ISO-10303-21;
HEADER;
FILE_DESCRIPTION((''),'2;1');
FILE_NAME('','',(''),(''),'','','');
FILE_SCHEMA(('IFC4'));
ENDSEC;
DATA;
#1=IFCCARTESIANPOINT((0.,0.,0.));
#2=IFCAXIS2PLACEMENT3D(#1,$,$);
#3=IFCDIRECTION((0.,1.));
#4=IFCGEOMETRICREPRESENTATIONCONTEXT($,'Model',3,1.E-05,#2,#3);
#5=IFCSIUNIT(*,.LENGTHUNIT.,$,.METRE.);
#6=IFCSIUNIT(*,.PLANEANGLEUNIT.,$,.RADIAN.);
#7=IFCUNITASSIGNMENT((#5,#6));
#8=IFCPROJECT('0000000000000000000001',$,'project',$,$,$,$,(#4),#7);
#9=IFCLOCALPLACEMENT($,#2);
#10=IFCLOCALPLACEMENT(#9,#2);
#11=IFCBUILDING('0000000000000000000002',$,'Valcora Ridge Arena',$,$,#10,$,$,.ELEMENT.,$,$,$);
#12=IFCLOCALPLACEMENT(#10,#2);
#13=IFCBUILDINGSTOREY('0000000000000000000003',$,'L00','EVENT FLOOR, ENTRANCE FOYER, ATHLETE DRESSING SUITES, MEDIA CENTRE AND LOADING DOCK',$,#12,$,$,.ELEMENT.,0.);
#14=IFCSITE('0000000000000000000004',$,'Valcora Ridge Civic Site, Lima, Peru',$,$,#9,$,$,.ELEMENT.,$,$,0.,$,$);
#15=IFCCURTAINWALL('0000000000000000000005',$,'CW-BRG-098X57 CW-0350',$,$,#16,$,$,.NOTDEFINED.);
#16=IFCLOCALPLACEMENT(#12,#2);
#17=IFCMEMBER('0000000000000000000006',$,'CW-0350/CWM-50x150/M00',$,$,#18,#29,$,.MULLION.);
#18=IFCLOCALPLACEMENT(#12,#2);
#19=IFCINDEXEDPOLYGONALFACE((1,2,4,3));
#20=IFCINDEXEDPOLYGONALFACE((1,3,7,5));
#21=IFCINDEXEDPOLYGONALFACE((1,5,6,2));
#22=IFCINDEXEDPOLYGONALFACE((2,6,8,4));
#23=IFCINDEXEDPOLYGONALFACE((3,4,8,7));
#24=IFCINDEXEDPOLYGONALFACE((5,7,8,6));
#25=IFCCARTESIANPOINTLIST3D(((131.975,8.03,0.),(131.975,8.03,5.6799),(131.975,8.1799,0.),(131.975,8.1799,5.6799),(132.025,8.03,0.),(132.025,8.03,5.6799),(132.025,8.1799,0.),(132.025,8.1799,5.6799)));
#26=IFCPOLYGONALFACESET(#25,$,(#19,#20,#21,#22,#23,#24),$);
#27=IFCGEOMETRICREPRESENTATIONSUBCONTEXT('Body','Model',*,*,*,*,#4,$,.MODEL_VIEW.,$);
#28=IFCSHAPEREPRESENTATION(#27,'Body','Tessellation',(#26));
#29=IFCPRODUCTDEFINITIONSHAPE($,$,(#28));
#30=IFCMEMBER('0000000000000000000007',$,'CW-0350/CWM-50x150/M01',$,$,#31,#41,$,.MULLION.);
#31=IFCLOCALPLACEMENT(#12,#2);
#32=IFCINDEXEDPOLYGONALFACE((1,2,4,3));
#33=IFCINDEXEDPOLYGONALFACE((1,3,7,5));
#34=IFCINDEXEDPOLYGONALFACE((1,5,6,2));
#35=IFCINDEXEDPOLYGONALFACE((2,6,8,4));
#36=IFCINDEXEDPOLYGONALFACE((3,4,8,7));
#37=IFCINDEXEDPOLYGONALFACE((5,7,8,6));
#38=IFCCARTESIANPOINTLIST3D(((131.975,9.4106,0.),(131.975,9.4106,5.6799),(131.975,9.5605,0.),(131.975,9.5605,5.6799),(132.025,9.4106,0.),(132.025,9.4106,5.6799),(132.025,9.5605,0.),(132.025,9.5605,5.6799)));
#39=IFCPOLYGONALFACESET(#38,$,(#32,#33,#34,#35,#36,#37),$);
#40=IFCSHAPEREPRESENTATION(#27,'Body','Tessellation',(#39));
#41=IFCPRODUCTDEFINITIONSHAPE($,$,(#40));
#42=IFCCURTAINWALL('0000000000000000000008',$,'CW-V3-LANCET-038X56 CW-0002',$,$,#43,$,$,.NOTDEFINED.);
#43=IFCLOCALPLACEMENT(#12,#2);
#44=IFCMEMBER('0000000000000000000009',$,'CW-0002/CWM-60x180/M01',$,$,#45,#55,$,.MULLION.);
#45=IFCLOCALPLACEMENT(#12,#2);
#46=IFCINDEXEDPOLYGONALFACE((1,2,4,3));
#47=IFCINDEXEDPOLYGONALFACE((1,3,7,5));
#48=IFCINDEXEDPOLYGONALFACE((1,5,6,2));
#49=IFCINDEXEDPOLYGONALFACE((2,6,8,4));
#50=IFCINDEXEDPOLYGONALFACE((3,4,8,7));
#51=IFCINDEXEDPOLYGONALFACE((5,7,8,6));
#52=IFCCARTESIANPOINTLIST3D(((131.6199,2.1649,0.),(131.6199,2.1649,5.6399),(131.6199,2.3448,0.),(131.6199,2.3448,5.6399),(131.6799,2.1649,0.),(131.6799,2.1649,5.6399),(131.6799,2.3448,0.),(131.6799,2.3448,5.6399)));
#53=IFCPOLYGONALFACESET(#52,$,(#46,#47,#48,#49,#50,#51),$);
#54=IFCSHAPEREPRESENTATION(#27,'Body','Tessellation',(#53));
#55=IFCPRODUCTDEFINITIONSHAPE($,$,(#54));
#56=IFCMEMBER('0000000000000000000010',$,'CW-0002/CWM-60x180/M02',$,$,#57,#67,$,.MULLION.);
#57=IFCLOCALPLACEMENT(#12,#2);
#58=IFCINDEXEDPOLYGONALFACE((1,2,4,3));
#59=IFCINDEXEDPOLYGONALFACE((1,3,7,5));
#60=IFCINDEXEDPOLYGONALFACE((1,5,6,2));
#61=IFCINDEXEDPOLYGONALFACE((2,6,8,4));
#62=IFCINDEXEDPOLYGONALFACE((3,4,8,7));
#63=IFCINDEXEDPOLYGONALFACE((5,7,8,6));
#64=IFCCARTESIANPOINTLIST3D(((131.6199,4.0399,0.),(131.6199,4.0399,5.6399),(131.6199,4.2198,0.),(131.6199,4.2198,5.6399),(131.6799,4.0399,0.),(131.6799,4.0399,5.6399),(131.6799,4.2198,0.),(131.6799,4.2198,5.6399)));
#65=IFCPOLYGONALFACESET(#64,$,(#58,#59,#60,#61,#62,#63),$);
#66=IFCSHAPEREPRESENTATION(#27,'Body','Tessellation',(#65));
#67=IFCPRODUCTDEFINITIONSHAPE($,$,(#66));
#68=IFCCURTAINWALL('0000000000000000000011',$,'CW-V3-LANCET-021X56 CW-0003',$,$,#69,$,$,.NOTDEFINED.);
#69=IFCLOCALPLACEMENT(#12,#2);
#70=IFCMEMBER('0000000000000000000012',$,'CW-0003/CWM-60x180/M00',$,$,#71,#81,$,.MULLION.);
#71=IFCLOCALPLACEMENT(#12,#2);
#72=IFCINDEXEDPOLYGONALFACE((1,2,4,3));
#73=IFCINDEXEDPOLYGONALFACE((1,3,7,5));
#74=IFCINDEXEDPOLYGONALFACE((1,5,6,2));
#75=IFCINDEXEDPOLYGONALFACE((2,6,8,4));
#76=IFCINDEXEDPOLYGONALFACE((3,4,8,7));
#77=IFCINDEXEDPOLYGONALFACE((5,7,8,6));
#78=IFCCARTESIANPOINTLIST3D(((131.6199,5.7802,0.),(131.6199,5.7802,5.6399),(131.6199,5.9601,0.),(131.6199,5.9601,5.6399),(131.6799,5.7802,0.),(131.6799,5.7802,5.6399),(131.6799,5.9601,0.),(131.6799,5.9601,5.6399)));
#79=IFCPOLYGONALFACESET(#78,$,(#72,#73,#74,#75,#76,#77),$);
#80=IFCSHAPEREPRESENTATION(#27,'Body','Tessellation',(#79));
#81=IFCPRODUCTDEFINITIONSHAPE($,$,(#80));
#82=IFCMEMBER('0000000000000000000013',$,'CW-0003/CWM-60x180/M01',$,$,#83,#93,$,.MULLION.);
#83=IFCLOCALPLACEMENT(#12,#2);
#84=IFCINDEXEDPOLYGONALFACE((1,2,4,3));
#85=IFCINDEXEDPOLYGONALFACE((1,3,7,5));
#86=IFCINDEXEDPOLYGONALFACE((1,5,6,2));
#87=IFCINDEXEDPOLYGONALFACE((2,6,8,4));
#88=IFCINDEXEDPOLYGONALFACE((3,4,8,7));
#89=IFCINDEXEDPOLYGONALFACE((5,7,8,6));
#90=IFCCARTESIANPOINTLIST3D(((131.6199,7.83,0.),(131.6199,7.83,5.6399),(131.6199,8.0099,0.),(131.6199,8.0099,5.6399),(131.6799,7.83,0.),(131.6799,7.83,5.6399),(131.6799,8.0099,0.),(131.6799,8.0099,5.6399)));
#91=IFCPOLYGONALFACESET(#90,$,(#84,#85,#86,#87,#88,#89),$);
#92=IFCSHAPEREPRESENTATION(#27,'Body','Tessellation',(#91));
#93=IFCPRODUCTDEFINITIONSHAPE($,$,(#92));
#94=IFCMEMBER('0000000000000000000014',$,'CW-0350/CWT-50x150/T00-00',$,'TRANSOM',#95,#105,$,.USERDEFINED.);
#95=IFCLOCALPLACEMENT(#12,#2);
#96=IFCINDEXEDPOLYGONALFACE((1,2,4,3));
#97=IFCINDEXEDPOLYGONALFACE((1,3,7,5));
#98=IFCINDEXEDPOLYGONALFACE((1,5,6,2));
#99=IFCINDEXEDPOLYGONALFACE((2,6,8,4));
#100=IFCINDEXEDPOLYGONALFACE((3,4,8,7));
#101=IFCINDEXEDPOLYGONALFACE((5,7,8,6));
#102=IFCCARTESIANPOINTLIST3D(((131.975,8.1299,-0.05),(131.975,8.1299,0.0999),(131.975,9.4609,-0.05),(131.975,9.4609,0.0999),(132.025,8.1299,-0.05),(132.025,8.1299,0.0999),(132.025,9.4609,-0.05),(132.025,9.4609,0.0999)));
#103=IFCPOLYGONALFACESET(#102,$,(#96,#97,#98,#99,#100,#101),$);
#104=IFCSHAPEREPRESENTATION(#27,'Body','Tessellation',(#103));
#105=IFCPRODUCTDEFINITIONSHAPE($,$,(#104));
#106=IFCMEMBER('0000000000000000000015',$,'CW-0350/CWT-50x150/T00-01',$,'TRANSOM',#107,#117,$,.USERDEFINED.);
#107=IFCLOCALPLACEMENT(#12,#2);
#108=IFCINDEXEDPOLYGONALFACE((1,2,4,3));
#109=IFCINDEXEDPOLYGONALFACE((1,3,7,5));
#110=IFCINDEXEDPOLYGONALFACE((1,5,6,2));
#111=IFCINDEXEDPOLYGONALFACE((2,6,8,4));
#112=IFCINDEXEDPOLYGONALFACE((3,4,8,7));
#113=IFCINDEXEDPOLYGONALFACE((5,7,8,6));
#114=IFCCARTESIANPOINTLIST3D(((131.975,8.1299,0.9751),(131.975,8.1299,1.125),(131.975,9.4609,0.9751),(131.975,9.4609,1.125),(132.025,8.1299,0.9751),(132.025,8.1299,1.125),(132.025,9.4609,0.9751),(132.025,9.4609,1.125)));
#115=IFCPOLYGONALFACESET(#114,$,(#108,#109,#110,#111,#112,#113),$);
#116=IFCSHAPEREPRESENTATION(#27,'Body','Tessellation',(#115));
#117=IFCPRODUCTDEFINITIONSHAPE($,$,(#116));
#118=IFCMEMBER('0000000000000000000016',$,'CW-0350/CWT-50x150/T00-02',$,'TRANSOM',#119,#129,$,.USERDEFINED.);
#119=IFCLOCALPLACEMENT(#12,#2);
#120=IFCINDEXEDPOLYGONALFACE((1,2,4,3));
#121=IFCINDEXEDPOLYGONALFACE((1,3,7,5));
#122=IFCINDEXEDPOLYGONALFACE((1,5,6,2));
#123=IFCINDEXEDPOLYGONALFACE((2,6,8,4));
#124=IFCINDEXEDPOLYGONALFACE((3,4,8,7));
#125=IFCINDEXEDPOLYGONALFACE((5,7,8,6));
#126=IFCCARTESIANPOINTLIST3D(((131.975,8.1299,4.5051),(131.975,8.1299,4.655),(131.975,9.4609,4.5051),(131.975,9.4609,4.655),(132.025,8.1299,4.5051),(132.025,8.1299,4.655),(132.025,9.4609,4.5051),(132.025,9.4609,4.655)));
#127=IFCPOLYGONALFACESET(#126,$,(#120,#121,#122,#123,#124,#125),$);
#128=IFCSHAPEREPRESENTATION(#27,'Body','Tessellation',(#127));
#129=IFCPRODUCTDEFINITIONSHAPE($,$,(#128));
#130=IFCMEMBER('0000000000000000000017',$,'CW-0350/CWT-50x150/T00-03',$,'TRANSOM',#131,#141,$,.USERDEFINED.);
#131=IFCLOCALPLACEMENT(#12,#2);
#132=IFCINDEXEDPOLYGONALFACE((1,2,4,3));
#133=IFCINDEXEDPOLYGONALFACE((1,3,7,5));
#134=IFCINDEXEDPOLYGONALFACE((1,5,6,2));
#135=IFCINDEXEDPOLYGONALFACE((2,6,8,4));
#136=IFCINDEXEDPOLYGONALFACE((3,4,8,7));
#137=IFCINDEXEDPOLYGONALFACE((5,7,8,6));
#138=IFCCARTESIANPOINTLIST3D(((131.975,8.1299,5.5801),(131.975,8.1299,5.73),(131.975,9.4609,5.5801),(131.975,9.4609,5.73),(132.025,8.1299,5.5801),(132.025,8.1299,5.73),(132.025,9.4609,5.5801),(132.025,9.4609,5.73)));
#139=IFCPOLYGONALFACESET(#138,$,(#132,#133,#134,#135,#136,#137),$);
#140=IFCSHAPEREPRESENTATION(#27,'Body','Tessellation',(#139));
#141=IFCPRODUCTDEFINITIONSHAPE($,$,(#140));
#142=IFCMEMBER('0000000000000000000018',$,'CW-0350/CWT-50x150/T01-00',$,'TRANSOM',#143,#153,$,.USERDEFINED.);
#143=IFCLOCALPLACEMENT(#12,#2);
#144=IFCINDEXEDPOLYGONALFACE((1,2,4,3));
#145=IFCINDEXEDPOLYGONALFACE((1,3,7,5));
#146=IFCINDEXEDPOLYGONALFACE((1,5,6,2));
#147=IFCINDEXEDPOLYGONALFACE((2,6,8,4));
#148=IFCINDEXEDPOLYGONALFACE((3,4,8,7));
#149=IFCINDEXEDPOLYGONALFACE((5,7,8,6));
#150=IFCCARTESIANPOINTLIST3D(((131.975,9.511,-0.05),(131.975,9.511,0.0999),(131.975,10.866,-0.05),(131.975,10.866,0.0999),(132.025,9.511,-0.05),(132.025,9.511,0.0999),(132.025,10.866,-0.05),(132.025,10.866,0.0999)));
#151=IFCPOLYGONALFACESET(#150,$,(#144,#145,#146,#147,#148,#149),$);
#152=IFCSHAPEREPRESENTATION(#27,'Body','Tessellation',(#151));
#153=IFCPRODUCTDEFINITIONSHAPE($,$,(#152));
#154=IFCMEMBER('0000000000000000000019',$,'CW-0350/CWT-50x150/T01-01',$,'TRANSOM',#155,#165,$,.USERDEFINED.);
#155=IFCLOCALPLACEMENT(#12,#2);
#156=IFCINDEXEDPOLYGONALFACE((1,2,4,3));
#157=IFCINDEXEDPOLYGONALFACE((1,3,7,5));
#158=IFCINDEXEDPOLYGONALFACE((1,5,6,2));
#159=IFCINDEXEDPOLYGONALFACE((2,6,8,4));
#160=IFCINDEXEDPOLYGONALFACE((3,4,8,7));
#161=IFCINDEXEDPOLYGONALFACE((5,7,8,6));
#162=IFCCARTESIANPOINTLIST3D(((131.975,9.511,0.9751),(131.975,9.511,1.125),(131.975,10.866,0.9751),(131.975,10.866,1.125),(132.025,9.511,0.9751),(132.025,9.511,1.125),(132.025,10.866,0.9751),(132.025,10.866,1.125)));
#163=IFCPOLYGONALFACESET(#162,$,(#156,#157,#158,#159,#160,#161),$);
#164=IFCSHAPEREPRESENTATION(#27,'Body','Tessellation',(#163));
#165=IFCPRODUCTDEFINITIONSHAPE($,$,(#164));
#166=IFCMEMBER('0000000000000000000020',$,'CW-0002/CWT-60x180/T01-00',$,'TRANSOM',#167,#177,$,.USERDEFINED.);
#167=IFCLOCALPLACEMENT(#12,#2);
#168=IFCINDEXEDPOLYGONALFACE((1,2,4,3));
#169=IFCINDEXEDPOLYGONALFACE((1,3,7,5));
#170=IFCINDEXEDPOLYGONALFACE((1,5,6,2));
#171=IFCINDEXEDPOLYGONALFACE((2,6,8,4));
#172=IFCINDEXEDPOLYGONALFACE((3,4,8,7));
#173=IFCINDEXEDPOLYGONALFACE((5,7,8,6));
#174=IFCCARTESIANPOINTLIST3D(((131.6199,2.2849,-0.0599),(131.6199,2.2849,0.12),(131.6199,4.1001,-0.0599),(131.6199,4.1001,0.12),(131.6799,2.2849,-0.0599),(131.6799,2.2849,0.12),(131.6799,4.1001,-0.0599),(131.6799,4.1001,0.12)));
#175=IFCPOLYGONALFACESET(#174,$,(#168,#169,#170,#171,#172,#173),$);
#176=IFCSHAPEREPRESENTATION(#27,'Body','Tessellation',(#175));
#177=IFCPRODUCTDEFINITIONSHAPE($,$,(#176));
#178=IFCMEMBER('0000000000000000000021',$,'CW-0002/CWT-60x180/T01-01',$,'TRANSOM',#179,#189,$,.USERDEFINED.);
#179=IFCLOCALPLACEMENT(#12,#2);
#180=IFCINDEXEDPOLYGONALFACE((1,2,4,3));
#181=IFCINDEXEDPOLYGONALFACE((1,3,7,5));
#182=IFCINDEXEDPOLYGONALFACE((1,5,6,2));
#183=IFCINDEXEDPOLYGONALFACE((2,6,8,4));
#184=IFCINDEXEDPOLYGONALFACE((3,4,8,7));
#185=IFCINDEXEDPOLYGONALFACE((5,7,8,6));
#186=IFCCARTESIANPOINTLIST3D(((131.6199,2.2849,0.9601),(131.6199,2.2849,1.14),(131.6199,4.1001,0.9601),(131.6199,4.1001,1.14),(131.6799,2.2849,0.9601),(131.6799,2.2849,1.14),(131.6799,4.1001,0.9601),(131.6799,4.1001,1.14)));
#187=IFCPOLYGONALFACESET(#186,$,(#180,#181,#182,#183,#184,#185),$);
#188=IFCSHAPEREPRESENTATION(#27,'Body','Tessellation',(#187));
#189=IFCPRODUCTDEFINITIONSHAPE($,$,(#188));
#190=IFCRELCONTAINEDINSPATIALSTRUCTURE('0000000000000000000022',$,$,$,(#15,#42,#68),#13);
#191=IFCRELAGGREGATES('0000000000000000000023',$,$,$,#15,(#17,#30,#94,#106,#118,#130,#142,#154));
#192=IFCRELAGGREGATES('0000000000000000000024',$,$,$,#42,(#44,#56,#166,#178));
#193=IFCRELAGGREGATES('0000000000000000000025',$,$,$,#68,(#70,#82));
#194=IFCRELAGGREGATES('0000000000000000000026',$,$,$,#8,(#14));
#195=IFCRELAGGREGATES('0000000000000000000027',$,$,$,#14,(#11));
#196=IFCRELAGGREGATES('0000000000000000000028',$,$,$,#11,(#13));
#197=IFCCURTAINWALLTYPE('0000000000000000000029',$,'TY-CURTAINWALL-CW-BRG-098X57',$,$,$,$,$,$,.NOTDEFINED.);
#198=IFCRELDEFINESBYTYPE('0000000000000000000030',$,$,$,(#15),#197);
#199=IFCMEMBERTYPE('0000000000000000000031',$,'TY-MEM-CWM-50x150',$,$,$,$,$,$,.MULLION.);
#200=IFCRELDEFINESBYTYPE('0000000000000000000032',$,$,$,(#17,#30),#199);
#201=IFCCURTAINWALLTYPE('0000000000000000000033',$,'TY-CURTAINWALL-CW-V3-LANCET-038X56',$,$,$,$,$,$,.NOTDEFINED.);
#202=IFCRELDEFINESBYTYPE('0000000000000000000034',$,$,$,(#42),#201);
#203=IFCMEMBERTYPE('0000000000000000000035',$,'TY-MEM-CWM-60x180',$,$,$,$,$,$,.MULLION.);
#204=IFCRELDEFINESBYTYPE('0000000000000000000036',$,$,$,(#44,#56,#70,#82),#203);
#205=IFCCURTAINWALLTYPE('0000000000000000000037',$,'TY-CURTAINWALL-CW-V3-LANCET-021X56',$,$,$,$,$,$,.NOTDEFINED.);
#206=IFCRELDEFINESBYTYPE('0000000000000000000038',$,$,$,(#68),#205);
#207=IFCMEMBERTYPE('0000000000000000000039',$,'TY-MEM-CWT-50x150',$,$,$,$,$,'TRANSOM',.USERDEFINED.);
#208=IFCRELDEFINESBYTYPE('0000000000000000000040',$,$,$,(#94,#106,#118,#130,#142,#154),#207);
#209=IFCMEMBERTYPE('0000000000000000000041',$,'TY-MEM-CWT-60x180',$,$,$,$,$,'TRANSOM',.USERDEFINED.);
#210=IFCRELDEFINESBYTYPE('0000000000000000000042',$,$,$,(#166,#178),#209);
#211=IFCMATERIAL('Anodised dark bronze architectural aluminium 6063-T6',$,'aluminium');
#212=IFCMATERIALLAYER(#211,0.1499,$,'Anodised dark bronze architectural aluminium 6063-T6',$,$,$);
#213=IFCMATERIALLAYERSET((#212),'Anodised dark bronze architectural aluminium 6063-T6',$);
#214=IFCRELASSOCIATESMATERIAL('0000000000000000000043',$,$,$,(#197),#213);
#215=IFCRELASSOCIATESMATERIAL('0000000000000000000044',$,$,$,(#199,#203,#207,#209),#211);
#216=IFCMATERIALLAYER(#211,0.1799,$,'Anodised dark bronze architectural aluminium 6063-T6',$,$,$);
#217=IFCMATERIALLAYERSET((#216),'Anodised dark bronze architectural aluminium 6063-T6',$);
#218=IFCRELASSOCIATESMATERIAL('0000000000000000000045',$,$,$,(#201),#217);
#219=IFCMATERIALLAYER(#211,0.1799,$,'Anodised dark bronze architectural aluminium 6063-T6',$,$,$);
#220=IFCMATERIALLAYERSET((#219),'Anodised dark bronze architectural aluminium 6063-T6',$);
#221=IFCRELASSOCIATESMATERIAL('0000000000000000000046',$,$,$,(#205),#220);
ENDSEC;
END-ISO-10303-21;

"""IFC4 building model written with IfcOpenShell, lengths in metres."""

from ifc_helpers import new_model, si_unit, direction, frame, origin, origin_2d, place, context, subcontext, project, spatial, rectangle, extrude, material, layer, layer_set, material_profile, profile_set, type_object, element, aggregate, save


model = new_model("IFC4")

# Units and contexts
model_context = context("Model", 3, precision=1e-05, world=origin(), true_north=direction((0.0, 1.0)))
body_context = subcontext(model_context, "Body", "Model", "MODEL_VIEW")
ifc_project = project(units=[si_unit("LENGTHUNIT", "METRE"), si_unit("PLANEANGLEUNIT", "RADIAN")], contexts=[model_context])

# Site, building, storey
site_placement = place(None, origin())
site = spatial("IfcSite", under=ifc_project, at=site_placement, Name="Valcora Ridge Civic Site, Lima, Peru", CompositionType="ELEMENT", RefElevation=0.0)
building_placement = place(site_placement, origin())
building = spatial("IfcBuilding", under=site, at=building_placement, Name="Valcora Ridge Arena", CompositionType="ELEMENT")
storey_placement = place(building_placement, origin())
storey = spatial("IfcBuildingStorey", under=building, at=storey_placement, Name="L00", Description="EVENT FLOOR, ENTRANCE FOYER, ATHLETE DRESSING SUITES, MEDIA CENTRE AND LOADING DOCK", CompositionType="ELEMENT", Elevation=0.0)

# Curtain walls, members
ifc_material_1 = material(Name="Anodised dark bronze architectural aluminium 6063-T6", Category="aluminium")
ifc_layer_1 = layer(ifc_material_1, 0.1499, Name="Anodised dark bronze architectural aluminium 6063-T6")
ifc_layer_set_1 = layer_set([ifc_layer_1], Name="Anodised dark bronze architectural aluminium 6063-T6")
curtain_wall_type_1 = type_object("IfcCurtainWallType", Name="TY-CURTAINWALL-CW-BRG-098X57", PredefinedType="NOTDEFINED", material=ifc_layer_set_1)
curtain_wall_1_placement = place(storey_placement, origin())
curtain_wall_1 = element("IfcCurtainWall", 1, at=curtain_wall_1_placement, inside=storey, type_object=curtain_wall_type_1, Name="CW-BRG-098X57 CW-0350", PredefinedType="NOTDEFINED")
ifc_material_profile_1 = material_profile(ifc_material_1, rectangle(XDim=0.05, YDim=0.1499, at=origin_2d()), Name="ALU MULLION 50x150")
ifc_profile_set_1 = profile_set([ifc_material_profile_1], Name="Anodised dark bronze architectural aluminium 6063-T6")
member_type_1 = type_object("IfcMemberType", Name="TY-MEM-CWM-50x150", PredefinedType="MULLION", material=ifc_profile_set_1)
member_1_placement = place(storey_placement, frame((132.0, 8.105, 0.0), z_axis=(0.0, 0.0, 1.0), x_axis=(-1.0, 0.0, 0.0)))
member_1 = element("IfcMember", 2, at=member_1_placement, type_object=member_type_1, Name="CW-0350/CWM-50x150/M00", PredefinedType="MULLION", context=body_context, shape_type="SweptSolid", body=[
    extrude(rectangle(XDim=0.05, YDim=0.1499, at=origin_2d()), origin(), (0.0, 0.0, 1.0), 5.6799),
])
member_2_placement = place(storey_placement, frame((132.0, 9.4856, 0.0), z_axis=(0.0, 0.0, 1.0), x_axis=(-1.0, 0.0, 0.0)))
member_2 = element("IfcMember", 3, at=member_2_placement, type_object=member_type_1, Name="CW-0350/CWM-50x150/M01", PredefinedType="MULLION", context=body_context, shape_type="SweptSolid", body=[
    extrude(rectangle(XDim=0.05, YDim=0.1499, at=origin_2d()), origin(), (0.0, 0.0, 1.0), 5.6799),
])
ifc_layer_2 = layer(ifc_material_1, 0.1799, Name="Anodised dark bronze architectural aluminium 6063-T6")
ifc_layer_set_2 = layer_set([ifc_layer_2], Name="Anodised dark bronze architectural aluminium 6063-T6")
curtain_wall_type_2 = type_object("IfcCurtainWallType", Name="TY-CURTAINWALL-CW-V3-LANCET-038X56", PredefinedType="NOTDEFINED", material=ifc_layer_set_2)
curtain_wall_2_placement = place(storey_placement, origin())
curtain_wall_2 = element("IfcCurtainWall", 4, at=curtain_wall_2_placement, inside=storey, type_object=curtain_wall_type_2, Name="CW-V3-LANCET-038X56 CW-0002", PredefinedType="NOTDEFINED")
ifc_material_profile_2 = material_profile(ifc_material_1, rectangle(XDim=0.0601, YDim=0.1799, at=origin_2d()), Name="ALU MULLION 60x180")
ifc_profile_set_2 = profile_set([ifc_material_profile_2], Name="Anodised dark bronze architectural aluminium 6063-T6")
member_type_2 = type_object("IfcMemberType", Name="TY-MEM-CWM-60x180", PredefinedType="MULLION", material=ifc_profile_set_2)
member_3_placement = place(storey_placement, frame((131.6499, 2.2549, 0.0), z_axis=(0.0, 0.0, 1.0), x_axis=(-1.0, 0.0, 0.0)))
member_3 = element("IfcMember", 5, at=member_3_placement, type_object=member_type_2, Name="CW-0002/CWM-60x180/M01", PredefinedType="MULLION", context=body_context, shape_type="SweptSolid", body=[
    extrude(rectangle(XDim=0.0601, YDim=0.1799, at=origin_2d()), origin(), (0.0, 0.0, 1.0), 5.6399),
])
member_4_placement = place(storey_placement, frame((131.6499, 4.1299, 0.0), z_axis=(0.0, 0.0, 1.0), x_axis=(-1.0, 0.0, 0.0)))
member_4 = element("IfcMember", 6, at=member_4_placement, type_object=member_type_2, Name="CW-0002/CWM-60x180/M02", PredefinedType="MULLION", context=body_context, shape_type="SweptSolid", body=[
    extrude(rectangle(XDim=0.0601, YDim=0.1799, at=origin_2d()), origin(), (0.0, 0.0, 1.0), 5.6399),
])
ifc_layer_3 = layer(ifc_material_1, 0.1799, Name="Anodised dark bronze architectural aluminium 6063-T6")
ifc_layer_set_3 = layer_set([ifc_layer_3], Name="Anodised dark bronze architectural aluminium 6063-T6")
curtain_wall_type_3 = type_object("IfcCurtainWallType", Name="TY-CURTAINWALL-CW-V3-LANCET-021X56", PredefinedType="NOTDEFINED", material=ifc_layer_set_3)
curtain_wall_3_placement = place(storey_placement, origin())
curtain_wall_3 = element("IfcCurtainWall", 7, at=curtain_wall_3_placement, inside=storey, type_object=curtain_wall_type_3, Name="CW-V3-LANCET-021X56 CW-0003", PredefinedType="NOTDEFINED")
member_5_placement = place(storey_placement, frame((131.6499, 5.8701, 0.0), z_axis=(0.0, 0.0, 1.0), x_axis=(-1.0, 0.0, 0.0)))
member_5 = element("IfcMember", 8, at=member_5_placement, type_object=member_type_2, Name="CW-0003/CWM-60x180/M00", PredefinedType="MULLION", context=body_context, shape_type="SweptSolid", body=[
    extrude(rectangle(XDim=0.0601, YDim=0.1799, at=origin_2d()), origin(), (0.0, 0.0, 1.0), 5.6399),
])
member_6_placement = place(storey_placement, frame((131.6499, 7.9199, 0.0), z_axis=(0.0, 0.0, 1.0), x_axis=(-1.0, 0.0, 0.0)))
member_6 = element("IfcMember", 9, at=member_6_placement, type_object=member_type_2, Name="CW-0003/CWM-60x180/M01", PredefinedType="MULLION", context=body_context, shape_type="SweptSolid", body=[
    extrude(rectangle(XDim=0.0601, YDim=0.1799, at=origin_2d()), origin(), (0.0, 0.0, 1.0), 5.6399),
])

# Members
ifc_material_profile_3 = material_profile(ifc_material_1, rectangle(XDim=0.05, YDim=0.1499, at=origin_2d()), Name="ALU TRANSOM 50x150")
ifc_profile_set_3 = profile_set([ifc_material_profile_3], Name="Anodised dark bronze architectural aluminium 6063-T6")
member_type_3 = type_object("IfcMemberType", Name="TY-MEM-CWT-50x150", ElementType="TRANSOM", PredefinedType="USERDEFINED", material=ifc_profile_set_3)
member_7_placement = place(storey_placement, frame((132.0, 8.1299, 0.0249), z_axis=(0.0, 1.0, 0.0), x_axis=(-1.0, 0.0, 0.0)))
member_7 = element("IfcMember", 10, at=member_7_placement, type_object=member_type_3, Name="CW-0350/CWT-50x150/T00-00", ObjectType="TRANSOM", PredefinedType="USERDEFINED", context=body_context, shape_type="SweptSolid", body=[
    extrude(rectangle(XDim=0.05, YDim=0.1499, at=origin_2d()), origin(), (0.0, 0.0, 1.0), 1.3311),
])
member_8_placement = place(storey_placement, frame((132.0, 8.1299, 1.05), z_axis=(0.0, 1.0, 0.0), x_axis=(-1.0, 0.0, 0.0)))
member_8 = element("IfcMember", 11, at=member_8_placement, type_object=member_type_3, Name="CW-0350/CWT-50x150/T00-01", ObjectType="TRANSOM", PredefinedType="USERDEFINED", context=body_context, shape_type="SweptSolid", body=[
    extrude(rectangle(XDim=0.05, YDim=0.1499, at=origin_2d()), origin(), (0.0, 0.0, 1.0), 1.3311),
])
member_9_placement = place(storey_placement, frame((132.0, 8.1299, 4.5801), z_axis=(0.0, 1.0, 0.0), x_axis=(-1.0, 0.0, 0.0)))
member_9 = element("IfcMember", 12, at=member_9_placement, type_object=member_type_3, Name="CW-0350/CWT-50x150/T00-02", ObjectType="TRANSOM", PredefinedType="USERDEFINED", context=body_context, shape_type="SweptSolid", body=[
    extrude(rectangle(XDim=0.05, YDim=0.1499, at=origin_2d()), origin(), (0.0, 0.0, 1.0), 1.3311),
])
member_10_placement = place(storey_placement, frame((132.0, 8.1299, 5.655), z_axis=(0.0, 1.0, 0.0), x_axis=(-1.0, 0.0, 0.0)))
member_10 = element("IfcMember", 13, at=member_10_placement, type_object=member_type_3, Name="CW-0350/CWT-50x150/T00-03", ObjectType="TRANSOM", PredefinedType="USERDEFINED", context=body_context, shape_type="SweptSolid", body=[
    extrude(rectangle(XDim=0.05, YDim=0.1499, at=origin_2d()), origin(), (0.0, 0.0, 1.0), 1.3311),
])
member_11_placement = place(storey_placement, frame((132.0, 9.511, 0.0249), z_axis=(0.0, 1.0, 0.0), x_axis=(-1.0, 0.0, 0.0)))
member_11 = element("IfcMember", 14, at=member_11_placement, type_object=member_type_3, Name="CW-0350/CWT-50x150/T01-00", ObjectType="TRANSOM", PredefinedType="USERDEFINED", context=body_context, shape_type="SweptSolid", body=[
    extrude(rectangle(XDim=0.05, YDim=0.1499, at=origin_2d()), origin(), (0.0, 0.0, 1.0), 1.355),
])
member_12_placement = place(storey_placement, frame((132.0, 9.511, 1.05), z_axis=(0.0, 1.0, 0.0), x_axis=(-1.0, 0.0, 0.0)))
member_12 = element("IfcMember", 15, at=member_12_placement, type_object=member_type_3, Name="CW-0350/CWT-50x150/T01-01", ObjectType="TRANSOM", PredefinedType="USERDEFINED", context=body_context, shape_type="SweptSolid", body=[
    extrude(rectangle(XDim=0.05, YDim=0.1499, at=origin_2d()), origin(), (0.0, 0.0, 1.0), 1.355),
])
ifc_material_profile_4 = material_profile(ifc_material_1, rectangle(XDim=0.0601, YDim=0.1799, at=origin_2d()), Name="ALU TRANSOM 60x180")
ifc_profile_set_4 = profile_set([ifc_material_profile_4], Name="Anodised dark bronze architectural aluminium 6063-T6")
member_type_4 = type_object("IfcMemberType", Name="TY-MEM-CWT-60x180", ElementType="TRANSOM", PredefinedType="USERDEFINED", material=ifc_profile_set_4)
member_13_placement = place(storey_placement, frame((131.6499, 2.2849, 0.03), z_axis=(0.0, 1.0, 0.0), x_axis=(-1.0, 0.0, 0.0)))
member_13 = element("IfcMember", 16, at=member_13_placement, type_object=member_type_4, Name="CW-0002/CWT-60x180/T01-00", ObjectType="TRANSOM", PredefinedType="USERDEFINED", context=body_context, shape_type="SweptSolid", body=[
    extrude(rectangle(XDim=0.0601, YDim=0.1799, at=origin_2d()), origin(), (0.0, 0.0, 1.0), 1.8152),
])
member_14_placement = place(storey_placement, frame((131.6499, 2.2849, 1.05), z_axis=(0.0, 1.0, 0.0), x_axis=(-1.0, 0.0, 0.0)))
member_14 = element("IfcMember", 17, at=member_14_placement, type_object=member_type_4, Name="CW-0002/CWT-60x180/T01-01", ObjectType="TRANSOM", PredefinedType="USERDEFINED", context=body_context, shape_type="SweptSolid", body=[
    extrude(rectangle(XDim=0.0601, YDim=0.1799, at=origin_2d()), origin(), (0.0, 0.0, 1.0), 1.8152),
])

aggregate(curtain_wall_1, [member_1, member_2, member_7, member_8, member_9, member_10, member_11, member_12])
aggregate(curtain_wall_2, [member_3, member_4, member_13, member_14])
aggregate(curtain_wall_3, [member_5, member_6])

save(model, "model.ifc")
